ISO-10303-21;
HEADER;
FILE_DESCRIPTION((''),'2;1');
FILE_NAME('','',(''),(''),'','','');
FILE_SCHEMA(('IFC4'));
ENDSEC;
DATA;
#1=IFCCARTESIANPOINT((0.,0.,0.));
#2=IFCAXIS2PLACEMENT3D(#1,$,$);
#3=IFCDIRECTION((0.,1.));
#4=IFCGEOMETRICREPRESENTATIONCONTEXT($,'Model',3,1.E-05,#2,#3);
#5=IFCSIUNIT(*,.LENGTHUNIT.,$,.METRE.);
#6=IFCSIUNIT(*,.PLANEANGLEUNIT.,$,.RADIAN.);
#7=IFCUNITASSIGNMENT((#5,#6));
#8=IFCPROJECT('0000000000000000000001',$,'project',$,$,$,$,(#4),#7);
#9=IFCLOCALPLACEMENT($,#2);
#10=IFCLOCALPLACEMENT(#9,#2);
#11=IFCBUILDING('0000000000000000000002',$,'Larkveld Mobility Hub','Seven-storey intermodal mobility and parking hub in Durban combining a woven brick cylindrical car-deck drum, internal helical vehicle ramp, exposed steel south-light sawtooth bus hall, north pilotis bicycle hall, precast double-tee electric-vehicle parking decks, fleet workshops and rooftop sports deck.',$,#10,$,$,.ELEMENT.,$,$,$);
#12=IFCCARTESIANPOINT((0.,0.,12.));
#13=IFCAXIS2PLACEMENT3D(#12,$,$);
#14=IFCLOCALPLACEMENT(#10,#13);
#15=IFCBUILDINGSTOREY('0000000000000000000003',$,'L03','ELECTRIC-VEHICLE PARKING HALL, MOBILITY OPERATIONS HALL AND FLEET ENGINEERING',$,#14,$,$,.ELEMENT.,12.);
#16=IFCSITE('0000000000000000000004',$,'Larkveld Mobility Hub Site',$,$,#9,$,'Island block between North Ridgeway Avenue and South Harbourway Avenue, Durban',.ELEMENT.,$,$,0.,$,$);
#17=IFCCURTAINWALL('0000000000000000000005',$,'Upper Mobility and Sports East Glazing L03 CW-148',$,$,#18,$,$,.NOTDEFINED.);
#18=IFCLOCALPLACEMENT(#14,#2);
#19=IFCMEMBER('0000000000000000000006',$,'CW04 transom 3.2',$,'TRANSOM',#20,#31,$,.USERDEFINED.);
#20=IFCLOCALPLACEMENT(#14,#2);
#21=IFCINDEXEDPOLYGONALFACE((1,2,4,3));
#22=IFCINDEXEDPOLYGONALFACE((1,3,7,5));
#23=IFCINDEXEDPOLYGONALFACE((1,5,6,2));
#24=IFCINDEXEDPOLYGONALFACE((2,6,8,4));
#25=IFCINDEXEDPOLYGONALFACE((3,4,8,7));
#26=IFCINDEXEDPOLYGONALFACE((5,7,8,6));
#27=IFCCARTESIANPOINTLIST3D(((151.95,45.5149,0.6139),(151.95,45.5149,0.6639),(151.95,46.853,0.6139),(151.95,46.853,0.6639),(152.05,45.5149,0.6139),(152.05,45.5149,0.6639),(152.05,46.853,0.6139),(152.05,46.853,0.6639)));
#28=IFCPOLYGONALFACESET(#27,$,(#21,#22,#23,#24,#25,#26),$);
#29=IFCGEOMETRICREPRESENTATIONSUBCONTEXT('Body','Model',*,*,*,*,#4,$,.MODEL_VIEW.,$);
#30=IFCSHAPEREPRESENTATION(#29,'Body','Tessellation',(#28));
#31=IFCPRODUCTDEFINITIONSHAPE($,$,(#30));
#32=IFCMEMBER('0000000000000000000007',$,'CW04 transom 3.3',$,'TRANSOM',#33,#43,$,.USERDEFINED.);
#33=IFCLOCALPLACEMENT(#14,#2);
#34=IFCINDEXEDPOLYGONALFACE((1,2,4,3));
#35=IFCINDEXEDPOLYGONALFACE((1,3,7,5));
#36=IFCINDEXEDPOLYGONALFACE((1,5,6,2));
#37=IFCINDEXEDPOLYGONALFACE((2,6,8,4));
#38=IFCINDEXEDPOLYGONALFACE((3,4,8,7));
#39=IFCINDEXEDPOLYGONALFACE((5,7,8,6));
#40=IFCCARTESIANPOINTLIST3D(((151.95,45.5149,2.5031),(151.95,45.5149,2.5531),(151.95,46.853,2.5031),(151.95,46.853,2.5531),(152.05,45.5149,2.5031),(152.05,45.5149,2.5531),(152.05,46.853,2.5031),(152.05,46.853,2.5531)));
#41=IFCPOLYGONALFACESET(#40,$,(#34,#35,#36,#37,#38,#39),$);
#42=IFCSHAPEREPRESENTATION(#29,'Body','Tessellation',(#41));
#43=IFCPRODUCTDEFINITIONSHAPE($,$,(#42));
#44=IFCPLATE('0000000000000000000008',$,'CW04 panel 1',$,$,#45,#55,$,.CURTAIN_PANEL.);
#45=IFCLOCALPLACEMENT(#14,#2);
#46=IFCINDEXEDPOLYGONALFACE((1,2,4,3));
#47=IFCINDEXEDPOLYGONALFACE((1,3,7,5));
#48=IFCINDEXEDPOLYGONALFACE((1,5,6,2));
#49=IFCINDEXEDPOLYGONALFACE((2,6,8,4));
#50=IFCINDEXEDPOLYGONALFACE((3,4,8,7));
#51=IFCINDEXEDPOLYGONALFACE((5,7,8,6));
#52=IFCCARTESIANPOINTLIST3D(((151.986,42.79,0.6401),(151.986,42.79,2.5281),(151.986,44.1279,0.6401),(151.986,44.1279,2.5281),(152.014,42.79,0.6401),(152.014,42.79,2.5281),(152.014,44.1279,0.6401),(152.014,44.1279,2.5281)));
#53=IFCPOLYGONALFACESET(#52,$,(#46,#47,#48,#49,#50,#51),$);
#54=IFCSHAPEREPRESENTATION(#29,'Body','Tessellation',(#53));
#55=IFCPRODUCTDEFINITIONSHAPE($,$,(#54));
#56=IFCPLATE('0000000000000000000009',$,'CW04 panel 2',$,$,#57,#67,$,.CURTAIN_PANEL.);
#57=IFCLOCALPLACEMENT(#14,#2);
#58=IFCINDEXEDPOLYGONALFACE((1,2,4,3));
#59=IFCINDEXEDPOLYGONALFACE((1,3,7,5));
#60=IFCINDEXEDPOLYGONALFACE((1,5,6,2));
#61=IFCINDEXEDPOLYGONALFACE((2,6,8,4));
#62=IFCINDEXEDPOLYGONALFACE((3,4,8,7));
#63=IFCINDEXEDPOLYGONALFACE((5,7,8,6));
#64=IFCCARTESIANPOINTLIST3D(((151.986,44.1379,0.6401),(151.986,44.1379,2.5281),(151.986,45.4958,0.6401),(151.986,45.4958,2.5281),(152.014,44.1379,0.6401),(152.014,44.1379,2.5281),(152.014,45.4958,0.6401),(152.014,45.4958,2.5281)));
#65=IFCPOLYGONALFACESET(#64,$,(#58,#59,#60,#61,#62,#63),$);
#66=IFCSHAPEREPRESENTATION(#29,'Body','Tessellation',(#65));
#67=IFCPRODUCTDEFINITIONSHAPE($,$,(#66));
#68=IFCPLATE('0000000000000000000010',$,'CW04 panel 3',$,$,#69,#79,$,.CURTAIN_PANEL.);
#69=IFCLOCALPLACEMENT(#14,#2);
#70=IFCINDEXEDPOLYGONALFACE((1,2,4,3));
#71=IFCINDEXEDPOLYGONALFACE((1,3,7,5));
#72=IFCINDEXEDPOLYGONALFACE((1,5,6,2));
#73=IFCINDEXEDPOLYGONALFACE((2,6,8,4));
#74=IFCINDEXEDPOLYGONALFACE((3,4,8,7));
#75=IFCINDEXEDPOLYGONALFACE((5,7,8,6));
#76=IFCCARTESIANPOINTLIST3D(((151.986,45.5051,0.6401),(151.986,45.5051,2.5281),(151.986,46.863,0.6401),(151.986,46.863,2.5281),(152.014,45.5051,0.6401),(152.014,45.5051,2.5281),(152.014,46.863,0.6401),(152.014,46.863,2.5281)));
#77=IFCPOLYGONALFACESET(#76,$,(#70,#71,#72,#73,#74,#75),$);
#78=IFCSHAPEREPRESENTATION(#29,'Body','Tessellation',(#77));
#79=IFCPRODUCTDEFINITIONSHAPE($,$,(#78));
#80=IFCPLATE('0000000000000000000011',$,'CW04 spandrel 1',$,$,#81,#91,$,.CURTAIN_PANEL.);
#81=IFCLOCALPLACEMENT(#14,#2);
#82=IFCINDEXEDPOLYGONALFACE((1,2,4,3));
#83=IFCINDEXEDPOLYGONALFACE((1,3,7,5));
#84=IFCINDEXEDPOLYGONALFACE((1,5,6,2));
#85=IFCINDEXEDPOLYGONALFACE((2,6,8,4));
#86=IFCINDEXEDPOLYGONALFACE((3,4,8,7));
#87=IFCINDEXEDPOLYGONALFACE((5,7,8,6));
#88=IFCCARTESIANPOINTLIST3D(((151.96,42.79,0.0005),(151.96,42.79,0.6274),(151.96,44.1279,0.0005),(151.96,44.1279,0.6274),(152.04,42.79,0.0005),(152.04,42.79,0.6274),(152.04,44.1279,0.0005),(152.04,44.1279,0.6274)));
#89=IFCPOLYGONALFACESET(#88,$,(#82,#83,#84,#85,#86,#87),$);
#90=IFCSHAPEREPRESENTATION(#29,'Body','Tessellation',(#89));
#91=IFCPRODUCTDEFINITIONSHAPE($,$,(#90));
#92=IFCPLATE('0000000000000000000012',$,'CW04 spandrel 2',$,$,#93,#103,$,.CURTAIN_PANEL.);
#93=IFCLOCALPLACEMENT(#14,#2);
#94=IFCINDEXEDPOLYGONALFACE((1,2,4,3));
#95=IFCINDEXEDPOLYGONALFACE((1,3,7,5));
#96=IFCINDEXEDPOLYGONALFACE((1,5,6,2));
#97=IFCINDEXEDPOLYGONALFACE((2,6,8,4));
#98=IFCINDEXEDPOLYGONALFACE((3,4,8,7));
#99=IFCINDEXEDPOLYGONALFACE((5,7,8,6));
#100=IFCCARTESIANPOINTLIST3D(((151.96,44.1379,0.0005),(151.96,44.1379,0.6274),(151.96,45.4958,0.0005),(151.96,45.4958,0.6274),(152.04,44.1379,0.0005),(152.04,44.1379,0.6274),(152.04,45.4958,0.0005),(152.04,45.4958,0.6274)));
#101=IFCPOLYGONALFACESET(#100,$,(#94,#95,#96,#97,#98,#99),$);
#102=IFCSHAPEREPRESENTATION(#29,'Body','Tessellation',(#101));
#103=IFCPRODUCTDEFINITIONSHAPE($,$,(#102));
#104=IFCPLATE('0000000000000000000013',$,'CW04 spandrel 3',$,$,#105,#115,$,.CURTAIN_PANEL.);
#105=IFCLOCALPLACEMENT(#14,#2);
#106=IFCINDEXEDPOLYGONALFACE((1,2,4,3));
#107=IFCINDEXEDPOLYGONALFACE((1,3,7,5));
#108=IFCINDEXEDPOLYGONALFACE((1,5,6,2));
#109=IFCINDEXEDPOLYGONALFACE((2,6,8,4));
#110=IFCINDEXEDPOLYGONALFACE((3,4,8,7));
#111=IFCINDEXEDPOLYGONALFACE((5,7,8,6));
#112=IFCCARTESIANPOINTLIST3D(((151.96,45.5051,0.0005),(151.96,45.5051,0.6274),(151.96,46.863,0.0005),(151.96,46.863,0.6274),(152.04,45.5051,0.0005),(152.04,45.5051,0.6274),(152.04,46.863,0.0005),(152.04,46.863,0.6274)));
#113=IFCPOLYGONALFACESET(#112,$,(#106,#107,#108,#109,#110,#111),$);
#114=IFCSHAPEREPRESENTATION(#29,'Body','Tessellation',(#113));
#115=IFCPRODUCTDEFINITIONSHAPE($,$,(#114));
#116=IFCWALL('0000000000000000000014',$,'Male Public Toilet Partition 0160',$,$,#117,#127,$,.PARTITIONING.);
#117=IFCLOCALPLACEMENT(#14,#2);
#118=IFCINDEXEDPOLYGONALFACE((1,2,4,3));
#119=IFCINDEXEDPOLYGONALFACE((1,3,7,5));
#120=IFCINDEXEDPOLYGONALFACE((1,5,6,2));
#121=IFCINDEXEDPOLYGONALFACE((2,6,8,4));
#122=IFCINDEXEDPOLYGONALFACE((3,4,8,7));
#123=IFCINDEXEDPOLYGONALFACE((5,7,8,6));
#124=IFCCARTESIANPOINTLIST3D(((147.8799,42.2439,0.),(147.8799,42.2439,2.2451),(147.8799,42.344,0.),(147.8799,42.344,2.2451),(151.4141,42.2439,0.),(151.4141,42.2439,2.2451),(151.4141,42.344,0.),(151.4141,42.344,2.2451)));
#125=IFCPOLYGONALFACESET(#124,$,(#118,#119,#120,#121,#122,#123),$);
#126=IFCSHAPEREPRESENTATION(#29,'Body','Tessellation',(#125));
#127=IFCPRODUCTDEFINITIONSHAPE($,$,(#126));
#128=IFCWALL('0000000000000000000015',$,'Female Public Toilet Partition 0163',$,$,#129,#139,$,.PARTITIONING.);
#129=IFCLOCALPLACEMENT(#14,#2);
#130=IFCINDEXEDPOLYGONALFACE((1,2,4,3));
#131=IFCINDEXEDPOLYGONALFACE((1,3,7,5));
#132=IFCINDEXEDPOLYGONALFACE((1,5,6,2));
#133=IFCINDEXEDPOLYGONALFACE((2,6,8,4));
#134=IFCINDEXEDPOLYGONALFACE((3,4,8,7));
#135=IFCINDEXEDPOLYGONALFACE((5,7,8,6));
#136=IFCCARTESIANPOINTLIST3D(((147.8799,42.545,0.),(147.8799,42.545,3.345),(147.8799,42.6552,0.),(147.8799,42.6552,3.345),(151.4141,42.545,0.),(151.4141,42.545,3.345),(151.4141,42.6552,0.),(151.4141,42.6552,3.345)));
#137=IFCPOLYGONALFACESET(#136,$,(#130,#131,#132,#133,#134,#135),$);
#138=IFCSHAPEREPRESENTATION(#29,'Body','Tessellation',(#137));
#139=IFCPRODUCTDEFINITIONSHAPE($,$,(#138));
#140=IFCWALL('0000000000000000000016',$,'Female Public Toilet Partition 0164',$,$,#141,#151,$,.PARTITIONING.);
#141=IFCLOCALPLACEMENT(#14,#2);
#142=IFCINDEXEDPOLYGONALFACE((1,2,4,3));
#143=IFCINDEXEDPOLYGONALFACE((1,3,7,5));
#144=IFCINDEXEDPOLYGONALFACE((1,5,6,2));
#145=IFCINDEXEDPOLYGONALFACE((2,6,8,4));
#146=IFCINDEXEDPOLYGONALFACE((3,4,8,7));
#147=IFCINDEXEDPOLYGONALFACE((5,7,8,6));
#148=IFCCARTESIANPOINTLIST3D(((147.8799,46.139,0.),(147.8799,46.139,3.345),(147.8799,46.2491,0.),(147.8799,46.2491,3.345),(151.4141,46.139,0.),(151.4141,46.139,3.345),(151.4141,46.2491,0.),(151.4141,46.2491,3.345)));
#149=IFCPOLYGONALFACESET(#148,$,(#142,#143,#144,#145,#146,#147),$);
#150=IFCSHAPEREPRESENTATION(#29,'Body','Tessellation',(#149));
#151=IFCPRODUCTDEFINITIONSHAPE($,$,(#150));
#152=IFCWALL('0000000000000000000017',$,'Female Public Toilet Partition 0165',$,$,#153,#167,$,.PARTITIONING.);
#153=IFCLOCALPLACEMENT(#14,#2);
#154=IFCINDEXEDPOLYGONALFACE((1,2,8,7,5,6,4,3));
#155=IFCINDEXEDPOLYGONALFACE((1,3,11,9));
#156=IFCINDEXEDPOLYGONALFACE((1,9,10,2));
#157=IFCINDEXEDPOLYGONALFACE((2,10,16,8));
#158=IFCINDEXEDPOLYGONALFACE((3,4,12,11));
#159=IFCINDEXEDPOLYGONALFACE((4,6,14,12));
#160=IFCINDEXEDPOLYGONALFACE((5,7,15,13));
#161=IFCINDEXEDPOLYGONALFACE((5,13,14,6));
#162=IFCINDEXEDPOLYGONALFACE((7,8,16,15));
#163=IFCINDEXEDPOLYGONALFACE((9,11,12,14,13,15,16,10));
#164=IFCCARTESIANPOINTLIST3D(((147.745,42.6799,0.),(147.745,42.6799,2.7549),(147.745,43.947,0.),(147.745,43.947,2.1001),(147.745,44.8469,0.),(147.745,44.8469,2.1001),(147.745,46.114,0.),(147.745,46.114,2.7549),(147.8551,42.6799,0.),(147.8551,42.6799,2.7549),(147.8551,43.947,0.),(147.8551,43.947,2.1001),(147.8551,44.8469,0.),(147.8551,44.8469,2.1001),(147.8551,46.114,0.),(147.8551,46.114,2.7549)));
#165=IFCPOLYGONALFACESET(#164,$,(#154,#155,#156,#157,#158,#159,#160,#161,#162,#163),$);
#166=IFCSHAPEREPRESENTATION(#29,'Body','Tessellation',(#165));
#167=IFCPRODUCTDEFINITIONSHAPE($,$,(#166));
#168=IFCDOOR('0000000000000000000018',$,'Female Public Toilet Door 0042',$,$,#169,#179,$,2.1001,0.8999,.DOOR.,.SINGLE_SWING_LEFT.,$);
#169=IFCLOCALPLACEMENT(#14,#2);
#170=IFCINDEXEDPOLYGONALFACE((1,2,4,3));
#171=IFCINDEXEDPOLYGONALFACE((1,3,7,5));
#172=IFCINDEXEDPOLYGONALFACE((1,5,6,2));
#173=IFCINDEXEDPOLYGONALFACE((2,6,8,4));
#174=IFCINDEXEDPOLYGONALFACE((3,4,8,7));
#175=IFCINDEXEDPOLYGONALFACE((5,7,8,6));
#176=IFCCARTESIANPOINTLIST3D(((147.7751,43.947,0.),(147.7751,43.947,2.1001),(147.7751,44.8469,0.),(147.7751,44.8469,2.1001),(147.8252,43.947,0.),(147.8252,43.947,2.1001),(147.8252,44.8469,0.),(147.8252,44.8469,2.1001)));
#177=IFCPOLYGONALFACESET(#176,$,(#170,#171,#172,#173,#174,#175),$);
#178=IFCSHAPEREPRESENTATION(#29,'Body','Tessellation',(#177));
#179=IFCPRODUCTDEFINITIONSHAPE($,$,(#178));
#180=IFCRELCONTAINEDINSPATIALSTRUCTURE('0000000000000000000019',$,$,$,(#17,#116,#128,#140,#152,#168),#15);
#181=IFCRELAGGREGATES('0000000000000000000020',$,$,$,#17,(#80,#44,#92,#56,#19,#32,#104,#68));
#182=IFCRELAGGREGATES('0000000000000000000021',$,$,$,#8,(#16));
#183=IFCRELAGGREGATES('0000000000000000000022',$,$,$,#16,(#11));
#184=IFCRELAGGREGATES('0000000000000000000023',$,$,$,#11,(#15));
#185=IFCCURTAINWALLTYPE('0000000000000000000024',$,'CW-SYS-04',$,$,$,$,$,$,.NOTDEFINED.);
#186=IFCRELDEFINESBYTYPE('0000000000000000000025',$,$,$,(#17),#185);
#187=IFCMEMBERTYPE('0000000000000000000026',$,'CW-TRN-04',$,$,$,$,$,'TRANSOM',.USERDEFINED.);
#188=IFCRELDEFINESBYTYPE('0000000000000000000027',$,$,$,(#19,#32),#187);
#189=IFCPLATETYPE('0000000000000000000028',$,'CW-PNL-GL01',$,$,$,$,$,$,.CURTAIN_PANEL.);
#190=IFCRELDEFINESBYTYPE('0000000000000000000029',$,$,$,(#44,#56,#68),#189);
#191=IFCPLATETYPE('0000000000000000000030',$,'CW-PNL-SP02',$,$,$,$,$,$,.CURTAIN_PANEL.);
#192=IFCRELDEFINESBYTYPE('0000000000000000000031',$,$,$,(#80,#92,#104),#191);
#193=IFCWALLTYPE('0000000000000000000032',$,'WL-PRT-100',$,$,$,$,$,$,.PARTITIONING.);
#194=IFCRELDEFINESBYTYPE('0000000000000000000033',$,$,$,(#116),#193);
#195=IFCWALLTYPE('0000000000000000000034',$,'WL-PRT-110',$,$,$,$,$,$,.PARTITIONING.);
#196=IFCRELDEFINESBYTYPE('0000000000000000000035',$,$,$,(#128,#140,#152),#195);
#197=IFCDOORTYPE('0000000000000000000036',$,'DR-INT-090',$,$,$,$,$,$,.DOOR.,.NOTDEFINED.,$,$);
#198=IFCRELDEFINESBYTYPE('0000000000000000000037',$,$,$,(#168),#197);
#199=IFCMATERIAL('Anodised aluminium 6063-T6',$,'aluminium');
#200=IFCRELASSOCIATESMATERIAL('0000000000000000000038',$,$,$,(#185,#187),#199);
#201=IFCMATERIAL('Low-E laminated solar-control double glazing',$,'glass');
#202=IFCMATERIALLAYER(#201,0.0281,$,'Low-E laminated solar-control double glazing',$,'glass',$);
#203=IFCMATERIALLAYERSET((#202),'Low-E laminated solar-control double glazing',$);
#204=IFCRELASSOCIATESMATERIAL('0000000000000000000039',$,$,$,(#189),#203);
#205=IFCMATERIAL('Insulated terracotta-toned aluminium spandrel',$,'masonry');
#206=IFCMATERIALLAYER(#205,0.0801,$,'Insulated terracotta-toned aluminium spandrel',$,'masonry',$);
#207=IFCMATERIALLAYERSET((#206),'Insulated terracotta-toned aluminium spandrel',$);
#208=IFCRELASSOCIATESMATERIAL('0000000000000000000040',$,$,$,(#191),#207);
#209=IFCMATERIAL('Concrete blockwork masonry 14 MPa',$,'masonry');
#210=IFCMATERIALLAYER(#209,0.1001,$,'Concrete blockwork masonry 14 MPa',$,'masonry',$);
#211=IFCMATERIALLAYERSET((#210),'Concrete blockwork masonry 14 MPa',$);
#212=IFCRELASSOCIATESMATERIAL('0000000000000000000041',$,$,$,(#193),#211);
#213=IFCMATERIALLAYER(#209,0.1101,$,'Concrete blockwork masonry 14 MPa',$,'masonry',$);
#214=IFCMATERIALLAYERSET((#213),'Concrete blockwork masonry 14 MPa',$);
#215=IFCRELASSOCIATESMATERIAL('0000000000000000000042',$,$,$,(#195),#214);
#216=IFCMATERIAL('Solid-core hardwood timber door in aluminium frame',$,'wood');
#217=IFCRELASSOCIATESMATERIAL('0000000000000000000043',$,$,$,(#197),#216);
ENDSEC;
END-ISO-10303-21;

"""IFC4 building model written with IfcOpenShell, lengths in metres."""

from ifc_helpers import new_model, si_unit, direction, frame, frame_2d, origin, origin_2d, place, context, subcontext, project, spatial, rectangle, extrude, material, layer, layer_set, material_profile, profile_set, type_object, element, fill, aggregate, save


model = new_model("IFC4")

# Units and contexts
model_context = context("Model", 3, precision=1e-05, world=origin(), true_north=direction((0.0, 1.0)))
body_context = subcontext(model_context, "Body", "Model", "MODEL_VIEW")
ifc_project = project(units=[si_unit("LENGTHUNIT", "METRE"), si_unit("PLANEANGLEUNIT", "RADIAN")], contexts=[model_context])

# Site, building, storey
site_placement = place(None, origin())
site = spatial("IfcSite", under=ifc_project, at=site_placement, Name="Larkveld Mobility Hub Site", LongName="Island block between North Ridgeway Avenue and South Harbourway Avenue, Durban", CompositionType="ELEMENT", RefElevation=0.0)
building_placement = place(site_placement, origin())
building = spatial("IfcBuilding", under=site, at=building_placement, Name="Larkveld Mobility Hub", Description="Seven-storey intermodal mobility and parking hub in Durban combining a woven brick cylindrical car-deck drum, internal helical vehicle ramp, exposed steel south-light sawtooth bus hall, north pilotis bicycle hall, precast double-tee electric-vehicle parking decks, fleet workshops and rooftop sports deck.", CompositionType="ELEMENT")
storey_placement = place(building_placement, frame((0.0, 0.0, 12.0)))
storey = spatial("IfcBuildingStorey", under=building, at=storey_placement, Name="L03", Description="ELECTRIC-VEHICLE PARKING HALL, MOBILITY OPERATIONS HALL AND FLEET ENGINEERING", CompositionType="ELEMENT", Elevation=12.0)

# Curtain wall, members, plates
ifc_material_1 = material(Name="Anodised aluminium 6063-T6", Category="aluminium")
curtain_wall_type = type_object("IfcCurtainWallType", Name="CW-SYS-04", PredefinedType="NOTDEFINED", material=ifc_material_1)
curtain_wall_placement = place(storey_placement, origin())
curtain_wall = element("IfcCurtainWall", 1, at=curtain_wall_placement, inside=storey, type_object=curtain_wall_type, Name="Upper Mobility and Sports East Glazing L03 CW-148", PredefinedType="NOTDEFINED")
ifc_material_profile_1 = material_profile(ifc_material_1, rectangle(XDim=0.1001, YDim=0.05, at=origin_2d()), Name="ALU TRAN 50x100")
ifc_profile_set_1 = profile_set([ifc_material_profile_1], Name="Anodised aluminium 6063-T6")
member_type_1 = type_object("IfcMemberType", Name="CW-TRN-04", ElementType="TRANSOM", PredefinedType="USERDEFINED", material=ifc_profile_set_1)
member_1_placement = place(storey_placement, frame((152.0, 45.5149, 0.6389), z_axis=(0.0, 1.0, 0.0), x_axis=(-1.0, 0.0, 0.0)))
member_1 = element("IfcMember", 2, at=member_1_placement, type_object=member_type_1, Name="CW04 transom 3.2", ObjectType="TRANSOM", PredefinedType="USERDEFINED", context=body_context, shape_type="SweptSolid", body=[
    extrude(rectangle(XDim=0.1001, YDim=0.05, at=origin_2d()), origin(), (0.0, 0.0, 1.0), 1.3381),
])
member_2_placement = place(storey_placement, frame((152.0, 45.5149, 2.5281), z_axis=(0.0, 1.0, 0.0), x_axis=(-1.0, 0.0, 0.0)))
member_2 = element("IfcMember", 3, at=member_2_placement, type_object=member_type_1, Name="CW04 transom 3.3", ObjectType="TRANSOM", PredefinedType="USERDEFINED", context=body_context, shape_type="SweptSolid", body=[
    extrude(rectangle(XDim=0.1001, YDim=0.05, at=origin_2d()), origin(), (0.0, 0.0, 1.0), 1.3381),
])
ifc_material_2 = material(Name="Low-E laminated solar-control double glazing", Category="glass")
ifc_layer_1 = layer(ifc_material_2, 0.0281, Name="Low-E laminated solar-control double glazing", Category="glass")
ifc_layer_set_1 = layer_set([ifc_layer_1], Name="Low-E laminated solar-control double glazing")
plate_type_1 = type_object("IfcPlateType", Name="CW-PNL-GL01", PredefinedType="CURTAIN_PANEL", material=ifc_layer_set_1)
plate_1_placement = place(storey_placement, frame((152.0, 43.459, 0.6401), z_axis=(0.0, 0.0, 1.0), x_axis=(0.0, 1.0, 0.0)))
plate_1 = element("IfcPlate", 4, at=plate_1_placement, type_object=plate_type_1, Name="CW04 panel 1", PredefinedType="CURTAIN_PANEL", context=body_context, shape_type="SweptSolid", body=[
    extrude(rectangle(XDim=1.3379, YDim=0.0281, at=origin_2d()), origin(), (0.0, 0.0, 1.0), 1.8879),
])
plate_2_placement = place(storey_placement, frame((152.0, 44.8169, 0.6401), z_axis=(0.0, 0.0, 1.0), x_axis=(0.0, 1.0, 0.0)))
plate_2 = element("IfcPlate", 5, at=plate_2_placement, type_object=plate_type_1, Name="CW04 panel 2", PredefinedType="CURTAIN_PANEL", context=body_context, shape_type="SweptSolid", body=[
    extrude(rectangle(XDim=1.3579, YDim=0.0281, at=origin_2d()), origin(), (0.0, 0.0, 1.0), 1.8879),
])
plate_3_placement = place(storey_placement, frame((152.0, 46.1841, 0.6401), z_axis=(0.0, 0.0, 1.0), x_axis=(0.0, 1.0, 0.0)))
plate_3 = element("IfcPlate", 6, at=plate_3_placement, type_object=plate_type_1, Name="CW04 panel 3", PredefinedType="CURTAIN_PANEL", context=body_context, shape_type="SweptSolid", body=[
    extrude(rectangle(XDim=1.3579, YDim=0.0281, at=origin_2d()), origin(), (0.0, 0.0, 1.0), 1.8879),
])
ifc_material_3 = material(Name="Insulated terracotta-toned aluminium spandrel", Category="masonry")
ifc_layer_2 = layer(ifc_material_3, 0.0801, Name="Insulated terracotta-toned aluminium spandrel", Category="masonry")
ifc_layer_set_2 = layer_set([ifc_layer_2], Name="Insulated terracotta-toned aluminium spandrel")
plate_type_2 = type_object("IfcPlateType", Name="CW-PNL-SP02", PredefinedType="CURTAIN_PANEL", material=ifc_layer_set_2)
plate_4_placement = place(storey_placement, frame((152.0, 43.459, 0.0005), z_axis=(0.0, 0.0, 1.0), x_axis=(0.0, 1.0, 0.0)))
plate_4 = element("IfcPlate", 7, at=plate_4_placement, type_object=plate_type_2, Name="CW04 spandrel 1", PredefinedType="CURTAIN_PANEL", context=body_context, shape_type="SweptSolid", body=[
    extrude(rectangle(XDim=1.3379, YDim=0.0801, at=origin_2d()), origin(), (0.0, 0.0, 1.0), 0.627),
])
plate_5_placement = place(storey_placement, frame((152.0, 44.8169, 0.0005), z_axis=(0.0, 0.0, 1.0), x_axis=(0.0, 1.0, 0.0)))
plate_5 = element("IfcPlate", 8, at=plate_5_placement, type_object=plate_type_2, Name="CW04 spandrel 2", PredefinedType="CURTAIN_PANEL", context=body_context, shape_type="SweptSolid", body=[
    extrude(rectangle(XDim=1.3579, YDim=0.0801, at=origin_2d()), origin(), (0.0, 0.0, 1.0), 0.627),
])
plate_6_placement = place(storey_placement, frame((152.0, 46.1841, 0.0005), z_axis=(0.0, 0.0, 1.0), x_axis=(0.0, 1.0, 0.0)))
plate_6 = element("IfcPlate", 9, at=plate_6_placement, type_object=plate_type_2, Name="CW04 spandrel 3", PredefinedType="CURTAIN_PANEL", context=body_context, shape_type="SweptSolid", body=[
    extrude(rectangle(XDim=1.3579, YDim=0.0801, at=origin_2d()), origin(), (0.0, 0.0, 1.0), 0.627),
])
aggregate(curtain_wall, [plate_4, plate_1, plate_5, plate_2, member_1, member_2, plate_6, plate_3])

# Walls
ifc_material_4 = material(Name="Concrete blockwork masonry 14 MPa", Category="masonry")
ifc_layer_3 = layer(ifc_material_4, 0.1001, Name="Concrete blockwork masonry 14 MPa", Category="masonry")
ifc_layer_set_3 = layer_set([ifc_layer_3], Name="Concrete blockwork masonry 14 MPa")
wall_type_1 = type_object("IfcWallType", Name="WL-PRT-100", PredefinedType="PARTITIONING", material=ifc_layer_set_3)
wall_1_placement = place(storey_placement, frame((147.8799, 42.2939, 0.0), z_axis=(0.0, 0.0, 1.0), x_axis=(1.0, 0.0, 0.0)))
element("IfcWall", 10, at=wall_1_placement, inside=storey, type_object=wall_type_1, Name="Male Public Toilet Partition 0160", PredefinedType="PARTITIONING", context=body_context, shape_type="SweptSolid", body=[
    extrude(rectangle(XDim=3.5342, YDim=0.1001, at=frame_2d((1.7671, 0.0))), origin(), (0.0, 0.0, 1.0), 2.2451),
])
ifc_layer_4 = layer(ifc_material_4, 0.1101, Name="Concrete blockwork masonry 14 MPa", Category="masonry")
ifc_layer_set_4 = layer_set([ifc_layer_4], Name="Concrete blockwork masonry 14 MPa")
wall_type_2 = type_object("IfcWallType", Name="WL-PRT-110", PredefinedType="PARTITIONING", material=ifc_layer_set_4)
for number, where, z_axis, x_axis, name in (
    (11, (147.8799, 42.6001, 0.0), (0.0, 0.0, 1.0), (1.0, 0.0, 0.0), "Female Public Toilet Partition 0163"),
    (12, (147.8799, 46.1941, 0.0), (0.0, 0.0, 1.0), (1.0, 0.0, 0.0), "Female Public Toilet Partition 0164"),
):
    element("IfcWall", number, at=place(storey_placement, frame(where, z_axis=z_axis, x_axis=x_axis)), inside=storey, type_object=wall_type_2, Name=name, PredefinedType="PARTITIONING", context=body_context, shape_type="SweptSolid", body=[
        extrude(rectangle(XDim=3.5342, YDim=0.1101, at=frame_2d((1.7671, 0.0))), origin(), (0.0, 0.0, 1.0), 3.345),
    ])

# Wall, opening, door
wall_2_placement = place(storey_placement, frame((147.8, 42.6799, 0.0), z_axis=(0.0, 0.0, 1.0), x_axis=(0.0, 1.0, 0.0)))
wall_2 = element("IfcWall", 13, at=wall_2_placement, inside=storey, type_object=wall_type_2, Name="Female Public Toilet Partition 0165", PredefinedType="PARTITIONING", context=body_context, shape_type="SweptSolid", body=[
    extrude(rectangle(XDim=3.4341, YDim=0.1101, at=frame_2d((1.717, 0.0))), origin(), (0.0, 0.0, 1.0), 2.7549),
])
opening_placement = place(wall_2_placement, frame((1.2671, 0.0, 0.0)))
opening = element("IfcOpeningElement", 14, at=opening_placement, cuts=wall_2, PredefinedType="OPENING", context=body_context, shape_type="SweptSolid", body=[
    extrude(rectangle(XDim=0.8999, YDim=2.1001, at=frame_2d((0.45, 1.05))), frame((0.0, 0.0649, 0.0), z_axis=(0.0, -1.0, 0.0), x_axis=(1.0, 0.0, 0.0)), (0.0, 0.0, 1.0), 0.1301),
])
ifc_material_5 = material(Name="Solid-core hardwood timber door in aluminium frame", Category="wood")
door_type = type_object("IfcDoorType", Name="DR-INT-090", OperationType="NOTDEFINED", PredefinedType="DOOR", material=ifc_material_5)
door_placement = place(opening_placement, origin())
door = element("IfcDoor", 15, at=door_placement, inside=storey, type_object=door_type, Name="Female Public Toilet Door 0042", OperationType="SINGLE_SWING_LEFT", OverallHeight=2.1001, OverallWidth=0.8999, PredefinedType="DOOR", context=body_context, shape_type="SweptSolid", body=[
    extrude(rectangle(XDim=0.8999, YDim=2.1001, at=frame_2d((0.45, 1.05))), frame((0.0, 0.0249, 0.0), z_axis=(0.0, -1.0, 0.0), x_axis=(1.0, 0.0, 0.0)), (0.0, 0.0, 1.0), 0.05),
])
fill(opening, door)

save(model, "model.ifc")
